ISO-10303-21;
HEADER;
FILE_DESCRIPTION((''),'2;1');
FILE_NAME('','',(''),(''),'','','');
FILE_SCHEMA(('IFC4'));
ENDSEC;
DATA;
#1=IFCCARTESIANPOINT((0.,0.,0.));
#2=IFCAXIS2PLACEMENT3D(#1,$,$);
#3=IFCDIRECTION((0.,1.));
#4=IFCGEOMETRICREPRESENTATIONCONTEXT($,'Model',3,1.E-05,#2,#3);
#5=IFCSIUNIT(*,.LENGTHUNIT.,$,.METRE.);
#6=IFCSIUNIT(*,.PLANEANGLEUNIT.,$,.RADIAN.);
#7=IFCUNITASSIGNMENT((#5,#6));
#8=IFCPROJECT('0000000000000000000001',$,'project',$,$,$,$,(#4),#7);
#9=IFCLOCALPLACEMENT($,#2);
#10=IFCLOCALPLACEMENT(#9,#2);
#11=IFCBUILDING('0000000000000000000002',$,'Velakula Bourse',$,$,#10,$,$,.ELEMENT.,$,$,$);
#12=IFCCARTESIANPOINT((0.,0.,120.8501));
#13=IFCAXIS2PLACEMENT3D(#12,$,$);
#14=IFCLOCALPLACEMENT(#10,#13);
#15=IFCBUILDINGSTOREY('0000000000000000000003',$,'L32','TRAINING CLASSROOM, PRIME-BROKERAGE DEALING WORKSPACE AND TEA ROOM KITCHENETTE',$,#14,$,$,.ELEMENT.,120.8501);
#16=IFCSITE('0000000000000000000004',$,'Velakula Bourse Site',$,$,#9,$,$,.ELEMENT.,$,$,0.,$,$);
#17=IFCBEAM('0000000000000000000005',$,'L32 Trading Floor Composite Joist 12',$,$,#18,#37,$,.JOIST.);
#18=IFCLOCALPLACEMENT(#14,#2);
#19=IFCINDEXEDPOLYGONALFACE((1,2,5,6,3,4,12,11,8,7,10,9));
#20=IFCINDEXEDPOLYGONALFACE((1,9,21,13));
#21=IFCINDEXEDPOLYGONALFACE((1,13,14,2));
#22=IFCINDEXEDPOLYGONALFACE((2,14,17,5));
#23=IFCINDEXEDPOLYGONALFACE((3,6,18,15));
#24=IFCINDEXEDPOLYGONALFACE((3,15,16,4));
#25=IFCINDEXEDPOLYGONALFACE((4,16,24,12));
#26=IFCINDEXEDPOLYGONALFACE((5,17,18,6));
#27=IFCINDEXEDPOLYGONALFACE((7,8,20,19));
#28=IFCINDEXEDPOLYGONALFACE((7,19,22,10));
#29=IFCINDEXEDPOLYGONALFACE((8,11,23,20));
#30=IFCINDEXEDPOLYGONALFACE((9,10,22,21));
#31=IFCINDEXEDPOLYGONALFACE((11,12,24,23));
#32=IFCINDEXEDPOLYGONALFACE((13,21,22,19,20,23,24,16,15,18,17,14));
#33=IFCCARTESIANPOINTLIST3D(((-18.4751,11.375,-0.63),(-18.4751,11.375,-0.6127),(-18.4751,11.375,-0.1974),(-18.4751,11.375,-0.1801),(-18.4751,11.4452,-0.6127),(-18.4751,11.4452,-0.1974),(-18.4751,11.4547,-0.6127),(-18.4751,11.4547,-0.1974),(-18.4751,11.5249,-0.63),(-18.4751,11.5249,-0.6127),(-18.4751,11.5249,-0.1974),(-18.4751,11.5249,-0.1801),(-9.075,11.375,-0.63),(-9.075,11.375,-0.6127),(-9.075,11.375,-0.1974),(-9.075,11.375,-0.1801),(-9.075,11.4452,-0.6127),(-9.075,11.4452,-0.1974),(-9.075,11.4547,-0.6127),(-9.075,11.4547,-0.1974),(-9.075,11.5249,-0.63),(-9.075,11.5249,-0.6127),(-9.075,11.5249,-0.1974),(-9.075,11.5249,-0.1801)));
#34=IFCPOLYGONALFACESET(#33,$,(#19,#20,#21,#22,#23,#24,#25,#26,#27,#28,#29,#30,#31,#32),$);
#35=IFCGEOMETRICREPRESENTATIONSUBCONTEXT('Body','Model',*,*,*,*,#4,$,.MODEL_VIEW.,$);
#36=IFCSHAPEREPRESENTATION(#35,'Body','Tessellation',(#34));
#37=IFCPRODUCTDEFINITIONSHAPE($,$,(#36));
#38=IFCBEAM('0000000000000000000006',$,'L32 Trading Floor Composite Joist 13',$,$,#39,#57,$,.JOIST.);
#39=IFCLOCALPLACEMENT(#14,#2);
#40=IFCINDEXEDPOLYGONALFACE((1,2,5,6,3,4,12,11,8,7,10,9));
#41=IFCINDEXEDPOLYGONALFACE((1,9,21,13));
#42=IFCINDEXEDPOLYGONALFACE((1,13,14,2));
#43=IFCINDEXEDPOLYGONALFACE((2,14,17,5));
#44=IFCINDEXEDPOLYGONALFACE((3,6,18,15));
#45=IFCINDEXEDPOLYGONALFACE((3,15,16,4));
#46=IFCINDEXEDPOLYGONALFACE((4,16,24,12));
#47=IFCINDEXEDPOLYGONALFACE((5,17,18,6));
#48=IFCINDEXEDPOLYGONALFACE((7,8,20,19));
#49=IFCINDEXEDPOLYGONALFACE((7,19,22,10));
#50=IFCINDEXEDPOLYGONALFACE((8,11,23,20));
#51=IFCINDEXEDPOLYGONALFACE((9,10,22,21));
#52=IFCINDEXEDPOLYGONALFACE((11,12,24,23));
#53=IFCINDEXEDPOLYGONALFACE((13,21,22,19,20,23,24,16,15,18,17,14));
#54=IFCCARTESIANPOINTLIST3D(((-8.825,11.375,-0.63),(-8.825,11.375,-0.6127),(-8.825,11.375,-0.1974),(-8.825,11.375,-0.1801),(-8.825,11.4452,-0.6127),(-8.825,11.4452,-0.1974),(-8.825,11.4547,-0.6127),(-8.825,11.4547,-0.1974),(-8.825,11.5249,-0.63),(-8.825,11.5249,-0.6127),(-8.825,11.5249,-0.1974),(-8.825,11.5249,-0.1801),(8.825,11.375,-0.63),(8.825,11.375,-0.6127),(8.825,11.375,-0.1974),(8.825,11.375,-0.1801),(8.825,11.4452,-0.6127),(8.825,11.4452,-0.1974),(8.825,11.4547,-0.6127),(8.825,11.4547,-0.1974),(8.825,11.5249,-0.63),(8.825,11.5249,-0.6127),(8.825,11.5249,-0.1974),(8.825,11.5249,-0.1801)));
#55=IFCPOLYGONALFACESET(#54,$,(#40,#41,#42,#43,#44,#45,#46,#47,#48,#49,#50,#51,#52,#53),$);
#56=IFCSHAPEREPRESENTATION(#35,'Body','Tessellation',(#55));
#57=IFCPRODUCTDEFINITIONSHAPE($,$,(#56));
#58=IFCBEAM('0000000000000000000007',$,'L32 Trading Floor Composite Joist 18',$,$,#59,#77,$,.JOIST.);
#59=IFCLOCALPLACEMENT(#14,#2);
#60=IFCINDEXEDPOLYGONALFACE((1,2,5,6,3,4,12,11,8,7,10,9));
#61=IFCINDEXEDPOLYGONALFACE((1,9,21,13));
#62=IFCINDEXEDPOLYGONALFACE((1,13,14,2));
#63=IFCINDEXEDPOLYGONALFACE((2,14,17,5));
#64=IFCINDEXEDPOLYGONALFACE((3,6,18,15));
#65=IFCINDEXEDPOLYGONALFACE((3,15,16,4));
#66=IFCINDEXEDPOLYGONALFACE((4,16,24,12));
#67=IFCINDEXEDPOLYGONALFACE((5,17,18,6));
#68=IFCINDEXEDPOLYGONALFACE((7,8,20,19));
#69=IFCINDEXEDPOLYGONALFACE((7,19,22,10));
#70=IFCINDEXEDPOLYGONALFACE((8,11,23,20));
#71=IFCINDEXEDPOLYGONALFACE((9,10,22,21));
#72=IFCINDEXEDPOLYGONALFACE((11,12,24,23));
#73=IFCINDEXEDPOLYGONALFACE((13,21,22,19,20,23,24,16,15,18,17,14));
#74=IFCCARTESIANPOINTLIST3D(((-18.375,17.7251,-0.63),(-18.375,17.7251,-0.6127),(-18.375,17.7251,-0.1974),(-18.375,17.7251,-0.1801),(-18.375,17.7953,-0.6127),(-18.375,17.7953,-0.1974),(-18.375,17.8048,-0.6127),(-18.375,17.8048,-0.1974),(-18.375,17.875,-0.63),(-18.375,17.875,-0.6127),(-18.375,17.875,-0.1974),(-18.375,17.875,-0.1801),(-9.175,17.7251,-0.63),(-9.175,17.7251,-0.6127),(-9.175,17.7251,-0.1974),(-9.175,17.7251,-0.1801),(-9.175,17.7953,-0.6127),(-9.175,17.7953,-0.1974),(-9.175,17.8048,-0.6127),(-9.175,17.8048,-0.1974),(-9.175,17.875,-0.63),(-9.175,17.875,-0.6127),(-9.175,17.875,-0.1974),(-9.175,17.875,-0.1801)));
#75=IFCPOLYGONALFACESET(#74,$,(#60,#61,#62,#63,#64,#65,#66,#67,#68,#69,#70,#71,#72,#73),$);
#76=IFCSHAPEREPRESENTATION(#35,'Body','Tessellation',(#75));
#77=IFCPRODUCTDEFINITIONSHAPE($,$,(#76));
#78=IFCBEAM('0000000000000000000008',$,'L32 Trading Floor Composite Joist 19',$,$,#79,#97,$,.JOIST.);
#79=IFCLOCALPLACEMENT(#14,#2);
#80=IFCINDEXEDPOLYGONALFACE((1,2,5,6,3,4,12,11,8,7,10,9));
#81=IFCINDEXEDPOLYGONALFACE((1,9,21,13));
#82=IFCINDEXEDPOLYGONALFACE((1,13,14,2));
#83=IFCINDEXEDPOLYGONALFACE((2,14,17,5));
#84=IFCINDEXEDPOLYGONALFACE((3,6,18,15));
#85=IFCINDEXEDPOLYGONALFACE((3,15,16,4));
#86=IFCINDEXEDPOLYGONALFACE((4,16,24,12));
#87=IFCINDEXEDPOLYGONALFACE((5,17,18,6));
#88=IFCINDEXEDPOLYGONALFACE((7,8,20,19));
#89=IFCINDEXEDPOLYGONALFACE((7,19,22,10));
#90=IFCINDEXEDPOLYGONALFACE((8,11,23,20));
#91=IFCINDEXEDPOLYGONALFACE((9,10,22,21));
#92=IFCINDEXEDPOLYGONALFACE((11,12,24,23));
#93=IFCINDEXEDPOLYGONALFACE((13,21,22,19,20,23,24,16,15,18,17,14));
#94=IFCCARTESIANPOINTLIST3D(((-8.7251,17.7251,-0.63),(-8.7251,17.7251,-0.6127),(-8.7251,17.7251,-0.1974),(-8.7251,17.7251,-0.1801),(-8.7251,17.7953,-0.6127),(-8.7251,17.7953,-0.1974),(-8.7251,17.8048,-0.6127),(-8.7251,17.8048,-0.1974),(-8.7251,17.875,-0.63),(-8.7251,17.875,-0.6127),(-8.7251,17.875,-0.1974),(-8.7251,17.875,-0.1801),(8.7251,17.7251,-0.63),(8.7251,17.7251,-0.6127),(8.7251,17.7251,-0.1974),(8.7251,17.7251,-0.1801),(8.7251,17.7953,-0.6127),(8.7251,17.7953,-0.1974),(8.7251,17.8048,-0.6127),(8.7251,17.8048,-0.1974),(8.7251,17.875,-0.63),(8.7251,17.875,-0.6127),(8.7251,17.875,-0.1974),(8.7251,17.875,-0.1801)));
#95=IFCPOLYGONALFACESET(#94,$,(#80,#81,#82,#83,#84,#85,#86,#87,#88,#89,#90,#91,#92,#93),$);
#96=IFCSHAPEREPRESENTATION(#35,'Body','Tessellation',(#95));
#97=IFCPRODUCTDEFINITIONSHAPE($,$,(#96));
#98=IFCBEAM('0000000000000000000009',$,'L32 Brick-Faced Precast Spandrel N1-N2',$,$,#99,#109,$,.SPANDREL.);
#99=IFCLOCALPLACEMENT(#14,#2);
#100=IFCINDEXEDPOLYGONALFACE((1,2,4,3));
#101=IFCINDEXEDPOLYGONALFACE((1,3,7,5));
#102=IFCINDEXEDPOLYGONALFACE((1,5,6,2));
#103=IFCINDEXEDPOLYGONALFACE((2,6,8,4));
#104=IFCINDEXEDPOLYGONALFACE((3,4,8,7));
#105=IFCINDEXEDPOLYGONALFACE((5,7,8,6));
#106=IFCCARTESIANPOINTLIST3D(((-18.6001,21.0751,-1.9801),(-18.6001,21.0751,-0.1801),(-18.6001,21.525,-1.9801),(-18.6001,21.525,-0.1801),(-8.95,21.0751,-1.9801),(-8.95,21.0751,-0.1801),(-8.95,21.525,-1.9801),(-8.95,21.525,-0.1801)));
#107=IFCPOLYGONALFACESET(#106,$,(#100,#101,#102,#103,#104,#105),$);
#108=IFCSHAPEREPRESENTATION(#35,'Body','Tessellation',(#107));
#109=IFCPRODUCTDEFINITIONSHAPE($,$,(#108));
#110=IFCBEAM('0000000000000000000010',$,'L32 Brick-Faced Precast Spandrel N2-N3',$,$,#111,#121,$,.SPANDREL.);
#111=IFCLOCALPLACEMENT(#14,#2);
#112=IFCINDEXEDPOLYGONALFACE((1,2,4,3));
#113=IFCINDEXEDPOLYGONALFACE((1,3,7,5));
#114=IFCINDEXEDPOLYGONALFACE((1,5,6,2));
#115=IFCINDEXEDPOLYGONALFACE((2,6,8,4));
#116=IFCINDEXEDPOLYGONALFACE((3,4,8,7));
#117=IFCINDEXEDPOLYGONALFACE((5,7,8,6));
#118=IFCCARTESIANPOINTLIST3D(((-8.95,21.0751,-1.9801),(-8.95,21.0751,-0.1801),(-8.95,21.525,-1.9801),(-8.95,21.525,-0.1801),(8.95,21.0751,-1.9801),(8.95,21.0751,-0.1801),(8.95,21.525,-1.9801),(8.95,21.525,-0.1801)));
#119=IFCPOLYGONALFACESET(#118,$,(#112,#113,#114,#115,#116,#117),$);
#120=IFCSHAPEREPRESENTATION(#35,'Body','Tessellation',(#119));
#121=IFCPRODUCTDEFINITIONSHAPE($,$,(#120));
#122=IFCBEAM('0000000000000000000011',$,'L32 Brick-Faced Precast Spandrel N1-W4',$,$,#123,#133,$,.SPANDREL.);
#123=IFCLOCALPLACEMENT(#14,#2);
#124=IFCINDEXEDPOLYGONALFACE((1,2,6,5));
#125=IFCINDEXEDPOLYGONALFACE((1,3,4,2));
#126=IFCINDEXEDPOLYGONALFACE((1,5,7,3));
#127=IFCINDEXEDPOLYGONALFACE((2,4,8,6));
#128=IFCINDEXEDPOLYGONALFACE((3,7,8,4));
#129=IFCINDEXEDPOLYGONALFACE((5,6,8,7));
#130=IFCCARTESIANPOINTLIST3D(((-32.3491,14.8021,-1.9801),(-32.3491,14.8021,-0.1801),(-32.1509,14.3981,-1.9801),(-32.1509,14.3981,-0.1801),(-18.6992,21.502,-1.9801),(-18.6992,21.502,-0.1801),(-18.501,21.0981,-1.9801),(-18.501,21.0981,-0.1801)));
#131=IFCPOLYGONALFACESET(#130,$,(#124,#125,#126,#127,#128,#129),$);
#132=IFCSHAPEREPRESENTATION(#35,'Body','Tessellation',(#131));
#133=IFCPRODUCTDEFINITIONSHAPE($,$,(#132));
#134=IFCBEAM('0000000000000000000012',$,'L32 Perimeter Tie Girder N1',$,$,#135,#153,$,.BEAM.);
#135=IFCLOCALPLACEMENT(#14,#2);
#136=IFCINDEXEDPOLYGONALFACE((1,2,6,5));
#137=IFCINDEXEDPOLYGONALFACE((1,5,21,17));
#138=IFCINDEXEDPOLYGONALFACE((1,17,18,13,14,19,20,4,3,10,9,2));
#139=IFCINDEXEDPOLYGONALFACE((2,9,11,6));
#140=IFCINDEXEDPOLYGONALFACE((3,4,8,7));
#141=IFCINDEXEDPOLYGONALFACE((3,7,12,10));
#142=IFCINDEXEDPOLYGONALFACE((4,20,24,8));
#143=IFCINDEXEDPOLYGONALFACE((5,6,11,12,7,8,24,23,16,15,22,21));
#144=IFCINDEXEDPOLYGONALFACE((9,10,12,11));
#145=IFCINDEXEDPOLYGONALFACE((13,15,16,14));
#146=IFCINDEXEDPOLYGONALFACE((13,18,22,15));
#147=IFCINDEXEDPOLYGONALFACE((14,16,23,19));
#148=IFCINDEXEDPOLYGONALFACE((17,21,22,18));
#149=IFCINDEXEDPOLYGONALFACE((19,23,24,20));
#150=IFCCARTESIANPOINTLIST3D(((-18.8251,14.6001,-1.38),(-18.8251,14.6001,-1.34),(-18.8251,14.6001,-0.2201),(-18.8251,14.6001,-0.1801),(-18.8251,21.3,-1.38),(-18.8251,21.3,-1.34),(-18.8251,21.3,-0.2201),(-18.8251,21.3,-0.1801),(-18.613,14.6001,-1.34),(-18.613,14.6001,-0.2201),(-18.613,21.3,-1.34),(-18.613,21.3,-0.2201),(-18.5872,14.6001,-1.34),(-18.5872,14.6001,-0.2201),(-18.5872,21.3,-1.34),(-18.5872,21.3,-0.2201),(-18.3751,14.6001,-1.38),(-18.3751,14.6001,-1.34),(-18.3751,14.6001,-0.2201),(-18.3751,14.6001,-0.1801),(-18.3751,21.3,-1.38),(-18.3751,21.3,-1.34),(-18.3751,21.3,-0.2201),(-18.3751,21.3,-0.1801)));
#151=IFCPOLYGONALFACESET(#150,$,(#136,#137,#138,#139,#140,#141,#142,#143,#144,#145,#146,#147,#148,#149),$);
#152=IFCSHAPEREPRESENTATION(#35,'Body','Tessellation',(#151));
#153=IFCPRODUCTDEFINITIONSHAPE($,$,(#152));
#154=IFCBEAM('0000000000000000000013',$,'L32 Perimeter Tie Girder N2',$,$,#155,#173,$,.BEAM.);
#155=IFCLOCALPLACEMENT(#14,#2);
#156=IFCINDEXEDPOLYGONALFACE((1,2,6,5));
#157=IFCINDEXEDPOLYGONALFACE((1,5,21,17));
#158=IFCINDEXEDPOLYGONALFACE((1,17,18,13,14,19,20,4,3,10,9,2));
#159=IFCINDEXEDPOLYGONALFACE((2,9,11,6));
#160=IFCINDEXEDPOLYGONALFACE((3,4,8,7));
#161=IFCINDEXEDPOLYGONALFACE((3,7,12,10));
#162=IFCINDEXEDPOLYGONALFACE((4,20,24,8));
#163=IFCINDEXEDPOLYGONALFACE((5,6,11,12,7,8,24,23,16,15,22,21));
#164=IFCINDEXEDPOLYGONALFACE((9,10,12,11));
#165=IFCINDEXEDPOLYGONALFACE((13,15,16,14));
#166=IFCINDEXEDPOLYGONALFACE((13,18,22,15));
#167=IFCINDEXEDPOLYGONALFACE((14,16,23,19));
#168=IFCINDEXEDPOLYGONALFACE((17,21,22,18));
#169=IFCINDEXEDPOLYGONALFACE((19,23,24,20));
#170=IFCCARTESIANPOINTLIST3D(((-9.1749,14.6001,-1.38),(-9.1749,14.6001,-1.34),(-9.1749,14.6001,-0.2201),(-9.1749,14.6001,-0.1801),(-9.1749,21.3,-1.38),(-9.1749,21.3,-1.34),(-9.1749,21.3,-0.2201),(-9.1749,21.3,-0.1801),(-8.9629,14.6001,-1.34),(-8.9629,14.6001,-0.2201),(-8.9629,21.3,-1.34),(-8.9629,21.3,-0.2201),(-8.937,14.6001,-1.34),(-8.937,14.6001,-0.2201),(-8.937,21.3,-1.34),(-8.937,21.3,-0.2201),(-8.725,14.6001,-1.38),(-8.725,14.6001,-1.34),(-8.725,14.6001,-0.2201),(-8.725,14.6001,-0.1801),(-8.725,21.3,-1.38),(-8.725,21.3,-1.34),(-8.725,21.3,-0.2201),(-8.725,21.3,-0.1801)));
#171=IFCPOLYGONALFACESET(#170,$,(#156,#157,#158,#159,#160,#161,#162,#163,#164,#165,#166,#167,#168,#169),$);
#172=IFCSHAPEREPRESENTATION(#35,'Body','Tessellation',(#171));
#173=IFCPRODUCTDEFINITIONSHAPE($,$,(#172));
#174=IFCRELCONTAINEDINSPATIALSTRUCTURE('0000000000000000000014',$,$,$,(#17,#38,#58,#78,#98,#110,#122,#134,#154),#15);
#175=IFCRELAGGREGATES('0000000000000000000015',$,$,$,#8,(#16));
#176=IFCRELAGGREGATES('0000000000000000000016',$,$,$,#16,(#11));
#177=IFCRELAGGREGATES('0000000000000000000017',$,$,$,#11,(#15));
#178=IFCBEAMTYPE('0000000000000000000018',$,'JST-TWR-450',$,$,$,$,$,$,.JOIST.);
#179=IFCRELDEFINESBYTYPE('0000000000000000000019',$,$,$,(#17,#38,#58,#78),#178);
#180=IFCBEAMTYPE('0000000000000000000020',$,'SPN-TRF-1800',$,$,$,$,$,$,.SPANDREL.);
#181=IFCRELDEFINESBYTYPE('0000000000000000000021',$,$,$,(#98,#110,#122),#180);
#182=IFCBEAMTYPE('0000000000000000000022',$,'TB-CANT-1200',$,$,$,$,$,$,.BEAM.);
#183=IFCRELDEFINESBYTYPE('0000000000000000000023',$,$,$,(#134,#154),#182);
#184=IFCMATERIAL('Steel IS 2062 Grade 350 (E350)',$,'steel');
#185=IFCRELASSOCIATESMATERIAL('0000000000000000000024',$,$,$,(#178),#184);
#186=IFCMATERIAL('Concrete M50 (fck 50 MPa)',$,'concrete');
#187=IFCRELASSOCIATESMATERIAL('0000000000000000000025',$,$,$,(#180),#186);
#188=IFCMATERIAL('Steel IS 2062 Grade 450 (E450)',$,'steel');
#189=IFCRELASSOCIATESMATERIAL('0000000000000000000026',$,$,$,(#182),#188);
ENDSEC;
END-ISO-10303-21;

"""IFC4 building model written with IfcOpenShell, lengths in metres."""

from ifc_helpers import new_model, si_unit, direction, frame, origin, origin_2d, place, context, subcontext, project, spatial, rectangle, i_section, extrude, material, material_profile, profile_set, type_object, element, save


model = new_model("IFC4")

# Units and contexts
model_context = context("Model", 3, precision=1e-05, world=origin(), true_north=direction((0.0, 1.0)))
body_context = subcontext(model_context, "Body", "Model", "MODEL_VIEW")
ifc_project = project(units=[si_unit("LENGTHUNIT", "METRE"), si_unit("PLANEANGLEUNIT", "RADIAN")], contexts=[model_context])

# Site, building, storey
site_placement = place(None, origin())
site = spatial("IfcSite", under=ifc_project, at=site_placement, Name="Velakula Bourse Site", CompositionType="ELEMENT", RefElevation=0.0)
building_placement = place(site_placement, origin())
building = spatial("IfcBuilding", under=site, at=building_placement, Name="Velakula Bourse", CompositionType="ELEMENT")
storey_placement = place(building_placement, frame((0.0, 0.0, 120.8501)))
storey = spatial("IfcBuildingStorey", under=building, at=storey_placement, Name="L32", Description="TRAINING CLASSROOM, PRIME-BROKERAGE DEALING WORKSPACE AND TEA ROOM KITCHENETTE", CompositionType="ELEMENT", Elevation=120.8501)

# Shared definitions
ifc_material_1 = material(Name="Steel IS 2062 Grade 350 (E350)", Category="steel")

# Beams
ifc_material_profile_1 = material_profile(ifc_material_1, i_section(OverallWidth=0.1499, OverallDepth=0.45, WebThickness=0.0095, FlangeThickness=0.0173, at=origin_2d()), Name="Steel IS 2062 Grade 350 (E350)")
ifc_profile_set_1 = profile_set([ifc_material_profile_1], Name="Steel IS 2062 Grade 350 (E350)")
beam_type_1 = type_object("IfcBeamType", Name="JST-TWR-450", PredefinedType="JOIST", material=ifc_profile_set_1)
beam_1_placement = place(storey_placement, frame((-18.4751, 11.45, -0.405), z_axis=(1.0, 0.0, 0.0), x_axis=(0.0, 1.0, 0.0)))
element("IfcBeam", 1, at=beam_1_placement, inside=storey, type_object=beam_type_1, Name="L32 Trading Floor Composite Joist 12", PredefinedType="JOIST", context=body_context, shape_type="SweptSolid", body=[
    extrude(i_section(OverallWidth=0.1499, OverallDepth=0.45, WebThickness=0.0095, FlangeThickness=0.0173, at=origin_2d()), origin(), (0.0, 0.0, 1.0), 9.4001),
])
beam_2_placement = place(storey_placement, frame((-8.825, 11.45, -0.405), z_axis=(1.0, 0.0, 0.0), x_axis=(0.0, 1.0, 0.0)))
element("IfcBeam", 2, at=beam_2_placement, inside=storey, type_object=beam_type_1, Name="L32 Trading Floor Composite Joist 13", PredefinedType="JOIST", context=body_context, shape_type="SweptSolid", body=[
    extrude(i_section(OverallWidth=0.1499, OverallDepth=0.45, WebThickness=0.0095, FlangeThickness=0.0173, at=origin_2d()), origin(), (0.0, 0.0, 1.0), 17.6499),
])
beam_3_placement = place(storey_placement, frame((-18.375, 17.8, -0.405), z_axis=(1.0, 0.0, 0.0), x_axis=(0.0, 1.0, 0.0)))
element("IfcBeam", 3, at=beam_3_placement, inside=storey, type_object=beam_type_1, Name="L32 Trading Floor Composite Joist 18", PredefinedType="JOIST", context=body_context, shape_type="SweptSolid", body=[
    extrude(i_section(OverallWidth=0.1499, OverallDepth=0.45, WebThickness=0.0095, FlangeThickness=0.0173, at=origin_2d()), origin(), (0.0, 0.0, 1.0), 9.2),
])
beam_4_placement = place(storey_placement, frame((-8.7251, 17.8, -0.405), z_axis=(1.0, 0.0, 0.0), x_axis=(0.0, 1.0, 0.0)))
element("IfcBeam", 4, at=beam_4_placement, inside=storey, type_object=beam_type_1, Name="L32 Trading Floor Composite Joist 19", PredefinedType="JOIST", context=body_context, shape_type="SweptSolid", body=[
    extrude(i_section(OverallWidth=0.1499, OverallDepth=0.45, WebThickness=0.0095, FlangeThickness=0.0173, at=origin_2d()), origin(), (0.0, 0.0, 1.0), 17.4502),
])
ifc_material_2 = material(Name="Concrete M50 (fck 50 MPa)", Category="concrete")
ifc_material_profile_2 = material_profile(ifc_material_2, rectangle(XDim=0.45, YDim=1.8, at=origin_2d()), Name="Concrete M50 (fck 50 MPa)")
ifc_profile_set_2 = profile_set([ifc_material_profile_2], Name="Concrete M50 (fck 50 MPa)")
beam_type_2 = type_object("IfcBeamType", Name="SPN-TRF-1800", PredefinedType="SPANDREL", material=ifc_profile_set_2)
beam_5_placement = place(storey_placement, frame((-18.6001, 21.3, -1.0801), z_axis=(1.0, 0.0, 0.0), x_axis=(0.0, 1.0, 0.0)))
element("IfcBeam", 5, at=beam_5_placement, inside=storey, type_object=beam_type_2, Name="L32 Brick-Faced Precast Spandrel N1-N2", PredefinedType="SPANDREL", context=body_context, shape_type="SweptSolid", body=[
    extrude(rectangle(XDim=0.45, YDim=1.8, at=origin_2d()), origin(), (0.0, 0.0, 1.0), 9.6501),
])
beam_6_placement = place(storey_placement, frame((-8.95, 21.3, -1.0801), z_axis=(1.0, 0.0, 0.0), x_axis=(0.0, 1.0, 0.0)))
element("IfcBeam", 6, at=beam_6_placement, inside=storey, type_object=beam_type_2, Name="L32 Brick-Faced Precast Spandrel N2-N3", PredefinedType="SPANDREL", context=body_context, shape_type="SweptSolid", body=[
    extrude(rectangle(XDim=0.45, YDim=1.8, at=origin_2d()), origin(), (0.0, 0.0, 1.0), 17.8999),
])
beam_7_placement = place(storey_placement, frame((-18.6001, 21.3, -1.0801), z_axis=(-0.897691, -0.440625, 0.0), x_axis=(0.440625, -0.897691, 0.0)))
element("IfcBeam", 7, at=beam_7_placement, inside=storey, type_object=beam_type_2, Name="L32 Brick-Faced Precast Spandrel N1-W4", PredefinedType="SPANDREL", context=body_context, shape_type="SweptSolid", body=[
    extrude(rectangle(XDim=0.45, YDim=1.8, at=origin_2d()), origin(), (0.0, 0.0, 1.0), 15.2056),
])
ifc_material_3 = material(Name="Steel IS 2062 Grade 450 (E450)", Category="steel")
ifc_material_profile_3 = material_profile(ifc_material_3, i_section(OverallWidth=0.45, OverallDepth=1.2, WebThickness=0.0259, FlangeThickness=0.04, at=origin_2d()), Name="Steel IS 2062 Grade 450 (E450)")
ifc_profile_set_3 = profile_set([ifc_material_profile_3], Name="Steel IS 2062 Grade 450 (E450)")
beam_type_3 = type_object("IfcBeamType", Name="TB-CANT-1200", PredefinedType="BEAM", material=ifc_profile_set_3)
for number, where, z_axis, x_axis, name in (
    (8, (-18.6001, 14.6001, -0.78), (0.0, 1.0, 0.0), (-1.0, 0.0, 0.0), "L32 Perimeter Tie Girder N1"),
    (9, (-8.95, 14.6001, -0.78), (0.0, 1.0, 0.0), (-1.0, 0.0, 0.0), "L32 Perimeter Tie Girder N2"),
):
    element("IfcBeam", number, at=place(storey_placement, frame(where, z_axis=z_axis, x_axis=x_axis)), inside=storey, type_object=beam_type_3, Name=name, PredefinedType="BEAM", context=body_context, shape_type="SweptSolid", body=[
        extrude(i_section(OverallWidth=0.45, OverallDepth=1.2, WebThickness=0.0259, FlangeThickness=0.04, at=origin_2d()), origin(), (0.0, 0.0, 1.0), 6.7),
    ])

save(model, "model.ifc")
